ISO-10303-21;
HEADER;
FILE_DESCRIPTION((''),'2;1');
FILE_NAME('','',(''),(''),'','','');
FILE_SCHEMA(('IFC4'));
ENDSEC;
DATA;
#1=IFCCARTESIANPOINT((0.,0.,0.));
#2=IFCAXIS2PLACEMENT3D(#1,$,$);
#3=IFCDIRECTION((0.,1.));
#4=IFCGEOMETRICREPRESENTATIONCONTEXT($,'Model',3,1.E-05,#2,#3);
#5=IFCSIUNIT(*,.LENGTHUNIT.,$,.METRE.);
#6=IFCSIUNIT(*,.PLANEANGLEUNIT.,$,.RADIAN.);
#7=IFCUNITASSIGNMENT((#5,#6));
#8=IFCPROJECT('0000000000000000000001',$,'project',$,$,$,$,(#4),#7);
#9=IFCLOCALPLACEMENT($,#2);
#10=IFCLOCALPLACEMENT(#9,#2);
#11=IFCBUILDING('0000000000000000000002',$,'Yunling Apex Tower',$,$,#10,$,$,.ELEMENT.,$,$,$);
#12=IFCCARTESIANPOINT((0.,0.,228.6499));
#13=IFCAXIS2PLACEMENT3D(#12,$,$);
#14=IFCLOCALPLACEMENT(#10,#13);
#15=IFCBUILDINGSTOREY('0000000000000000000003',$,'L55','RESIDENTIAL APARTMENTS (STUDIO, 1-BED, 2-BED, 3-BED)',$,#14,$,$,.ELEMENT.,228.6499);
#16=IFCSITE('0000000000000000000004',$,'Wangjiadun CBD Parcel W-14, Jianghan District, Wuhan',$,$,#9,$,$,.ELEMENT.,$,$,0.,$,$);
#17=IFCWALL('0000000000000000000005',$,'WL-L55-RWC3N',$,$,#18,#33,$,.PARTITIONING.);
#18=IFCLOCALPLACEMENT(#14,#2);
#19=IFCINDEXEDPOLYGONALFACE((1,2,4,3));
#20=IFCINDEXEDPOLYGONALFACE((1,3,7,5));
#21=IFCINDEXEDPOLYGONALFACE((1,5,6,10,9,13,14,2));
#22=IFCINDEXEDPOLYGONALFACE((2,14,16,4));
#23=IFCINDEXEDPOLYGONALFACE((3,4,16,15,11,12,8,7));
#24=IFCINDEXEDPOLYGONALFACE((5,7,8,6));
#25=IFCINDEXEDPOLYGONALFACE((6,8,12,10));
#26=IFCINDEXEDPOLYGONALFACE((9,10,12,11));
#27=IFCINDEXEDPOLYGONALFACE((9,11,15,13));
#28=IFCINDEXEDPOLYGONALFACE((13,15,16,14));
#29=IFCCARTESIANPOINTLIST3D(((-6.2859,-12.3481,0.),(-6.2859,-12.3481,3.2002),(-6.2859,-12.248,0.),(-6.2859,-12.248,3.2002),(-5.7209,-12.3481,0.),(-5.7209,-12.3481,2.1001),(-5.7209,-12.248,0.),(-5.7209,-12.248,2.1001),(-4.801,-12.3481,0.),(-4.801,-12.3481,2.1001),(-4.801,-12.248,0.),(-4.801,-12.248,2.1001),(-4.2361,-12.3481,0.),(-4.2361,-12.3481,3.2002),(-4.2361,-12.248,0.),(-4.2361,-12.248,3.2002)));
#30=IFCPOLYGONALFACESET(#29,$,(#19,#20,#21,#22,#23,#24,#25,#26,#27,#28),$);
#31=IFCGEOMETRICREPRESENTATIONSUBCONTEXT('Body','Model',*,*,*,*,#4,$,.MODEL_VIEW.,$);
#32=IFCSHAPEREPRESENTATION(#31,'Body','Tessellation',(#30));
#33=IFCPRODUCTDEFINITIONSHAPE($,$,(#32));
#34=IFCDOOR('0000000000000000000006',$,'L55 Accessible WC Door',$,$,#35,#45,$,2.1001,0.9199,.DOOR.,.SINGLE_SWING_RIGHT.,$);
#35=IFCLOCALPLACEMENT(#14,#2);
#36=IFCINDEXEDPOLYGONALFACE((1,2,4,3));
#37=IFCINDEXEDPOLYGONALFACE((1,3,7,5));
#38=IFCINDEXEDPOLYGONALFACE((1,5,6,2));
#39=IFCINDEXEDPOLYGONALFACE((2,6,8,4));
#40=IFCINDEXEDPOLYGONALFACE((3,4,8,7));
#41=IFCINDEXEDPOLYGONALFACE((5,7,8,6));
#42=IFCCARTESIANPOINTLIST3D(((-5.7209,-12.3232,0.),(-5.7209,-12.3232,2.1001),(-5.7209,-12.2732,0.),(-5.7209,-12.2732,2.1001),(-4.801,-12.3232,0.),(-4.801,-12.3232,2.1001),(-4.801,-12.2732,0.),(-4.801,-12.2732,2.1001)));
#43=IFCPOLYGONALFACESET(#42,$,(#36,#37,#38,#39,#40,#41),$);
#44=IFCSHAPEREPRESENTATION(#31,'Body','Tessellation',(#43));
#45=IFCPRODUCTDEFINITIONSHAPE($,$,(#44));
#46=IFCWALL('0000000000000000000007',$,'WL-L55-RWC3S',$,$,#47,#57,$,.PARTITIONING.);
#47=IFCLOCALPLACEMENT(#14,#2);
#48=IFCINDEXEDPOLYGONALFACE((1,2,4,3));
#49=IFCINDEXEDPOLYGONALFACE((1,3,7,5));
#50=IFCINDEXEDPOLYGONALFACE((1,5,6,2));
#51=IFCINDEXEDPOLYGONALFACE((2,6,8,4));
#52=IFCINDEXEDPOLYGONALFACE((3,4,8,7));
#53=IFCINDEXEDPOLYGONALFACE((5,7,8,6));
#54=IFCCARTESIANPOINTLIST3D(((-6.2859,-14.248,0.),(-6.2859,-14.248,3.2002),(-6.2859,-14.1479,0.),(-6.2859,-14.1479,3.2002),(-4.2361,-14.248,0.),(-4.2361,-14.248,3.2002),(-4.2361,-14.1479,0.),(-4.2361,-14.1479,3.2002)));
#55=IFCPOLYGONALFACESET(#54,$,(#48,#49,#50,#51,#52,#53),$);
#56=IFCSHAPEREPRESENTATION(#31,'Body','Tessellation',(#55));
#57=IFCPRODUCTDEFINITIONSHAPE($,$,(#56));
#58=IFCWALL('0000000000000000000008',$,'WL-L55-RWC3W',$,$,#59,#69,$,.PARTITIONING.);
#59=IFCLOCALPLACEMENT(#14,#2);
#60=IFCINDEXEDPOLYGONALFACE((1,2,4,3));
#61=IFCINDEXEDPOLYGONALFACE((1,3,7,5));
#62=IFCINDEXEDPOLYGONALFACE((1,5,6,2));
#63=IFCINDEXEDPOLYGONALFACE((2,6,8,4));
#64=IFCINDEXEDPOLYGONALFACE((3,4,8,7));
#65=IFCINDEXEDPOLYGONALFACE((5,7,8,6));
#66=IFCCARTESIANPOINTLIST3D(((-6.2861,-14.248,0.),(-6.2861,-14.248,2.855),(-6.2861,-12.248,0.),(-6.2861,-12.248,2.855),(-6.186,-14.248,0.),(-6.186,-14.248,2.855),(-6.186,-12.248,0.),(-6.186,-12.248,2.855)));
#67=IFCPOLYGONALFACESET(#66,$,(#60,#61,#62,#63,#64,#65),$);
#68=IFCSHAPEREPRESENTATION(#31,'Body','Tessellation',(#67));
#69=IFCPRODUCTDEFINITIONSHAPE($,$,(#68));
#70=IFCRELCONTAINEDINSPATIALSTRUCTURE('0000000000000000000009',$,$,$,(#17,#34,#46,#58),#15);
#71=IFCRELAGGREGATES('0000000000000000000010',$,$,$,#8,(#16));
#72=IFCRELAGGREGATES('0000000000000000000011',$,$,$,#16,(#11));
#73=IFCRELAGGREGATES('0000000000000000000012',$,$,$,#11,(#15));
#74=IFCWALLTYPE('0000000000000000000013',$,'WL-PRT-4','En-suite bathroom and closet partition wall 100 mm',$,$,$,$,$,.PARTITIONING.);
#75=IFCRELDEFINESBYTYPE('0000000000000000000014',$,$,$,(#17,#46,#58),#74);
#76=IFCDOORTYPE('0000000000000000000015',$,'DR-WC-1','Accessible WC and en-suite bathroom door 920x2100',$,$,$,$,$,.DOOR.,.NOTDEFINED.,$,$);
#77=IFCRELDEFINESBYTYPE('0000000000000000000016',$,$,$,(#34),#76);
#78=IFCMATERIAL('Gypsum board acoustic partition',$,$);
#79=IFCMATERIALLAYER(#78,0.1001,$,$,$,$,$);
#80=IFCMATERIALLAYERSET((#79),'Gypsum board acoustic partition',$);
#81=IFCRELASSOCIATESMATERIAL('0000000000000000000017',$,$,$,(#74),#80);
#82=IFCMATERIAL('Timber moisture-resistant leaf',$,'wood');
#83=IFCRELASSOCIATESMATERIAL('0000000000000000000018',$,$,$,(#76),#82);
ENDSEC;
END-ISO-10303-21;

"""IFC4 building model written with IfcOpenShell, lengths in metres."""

from ifc_helpers import new_model, si_unit, direction, frame, frame_2d, origin, place, context, subcontext, project, spatial, rectangle, extrude, material, layer, layer_set, type_object, element, fill, save


model = new_model("IFC4")

# Units and contexts
model_context = context("Model", 3, precision=1e-05, world=origin(), true_north=direction((0.0, 1.0)))
body_context = subcontext(model_context, "Body", "Model", "MODEL_VIEW")
ifc_project = project(units=[si_unit("LENGTHUNIT", "METRE"), si_unit("PLANEANGLEUNIT", "RADIAN")], contexts=[model_context])

# Site, building, storey
site_placement = place(None, origin())
site = spatial("IfcSite", under=ifc_project, at=site_placement, Name="Wangjiadun CBD Parcel W-14, Jianghan District, Wuhan", CompositionType="ELEMENT", RefElevation=0.0)
building_placement = place(site_placement, origin())
building = spatial("IfcBuilding", under=site, at=building_placement, Name="Yunling Apex Tower", CompositionType="ELEMENT")
storey_placement = place(building_placement, frame((0.0, 0.0, 228.6499)))
storey = spatial("IfcBuildingStorey", under=building, at=storey_placement, Name="L55", Description="RESIDENTIAL APARTMENTS (STUDIO, 1-BED, 2-BED, 3-BED)", CompositionType="ELEMENT", Elevation=228.6499)

# Wall, opening, door
ifc_material_1 = material(Name="Gypsum board acoustic partition")
ifc_layer_1 = layer(ifc_material_1, 0.1001)
ifc_layer_set_1 = layer_set([ifc_layer_1], Name="Gypsum board acoustic partition")
wall_type = type_object("IfcWallType", Name="WL-PRT-4", Description="En-suite bathroom and closet partition wall 100 mm", PredefinedType="PARTITIONING", material=ifc_layer_set_1)
wall_1_placement = place(storey_placement, frame((-6.2859, -12.2981, 0.0), z_axis=(0.0, 0.0, 1.0), x_axis=(1.0, 0.0, 0.0)))
wall_1 = element("IfcWall", 1, at=wall_1_placement, inside=storey, type_object=wall_type, Name="WL-L55-RWC3N", PredefinedType="PARTITIONING", context=body_context, shape_type="SweptSolid", body=[
    extrude(rectangle(XDim=2.0498, YDim=0.1001, at=frame_2d((1.0249, 0.0))), origin(), (0.0, 0.0, 1.0), 3.2002),
])
opening_placement = place(wall_1_placement, frame((0.5649, 0.0, 0.0)))
opening = element("IfcOpeningElement", 2, at=opening_placement, cuts=wall_1, PredefinedType="OPENING", context=body_context, shape_type="SweptSolid", body=[
    extrude(rectangle(XDim=0.9199, YDim=2.1001, at=frame_2d((0.46, 1.05))), frame((0.0, 0.0601, 0.0), z_axis=(0.0, -1.0, 0.0), x_axis=(1.0, 0.0, 0.0)), (0.0, 0.0, 1.0), 0.1201),
])
ifc_material_2 = material(Name="Timber moisture-resistant leaf", Category="wood")
door_type = type_object("IfcDoorType", Name="DR-WC-1", Description="Accessible WC and en-suite bathroom door 920x2100", OperationType="NOTDEFINED", PredefinedType="DOOR", material=ifc_material_2)
door_placement = place(opening_placement, origin())
door = element("IfcDoor", 3, at=door_placement, inside=storey, type_object=door_type, Name="L55 Accessible WC Door", OperationType="SINGLE_SWING_RIGHT", OverallHeight=2.1001, OverallWidth=0.9199, PredefinedType="DOOR", context=body_context, shape_type="SweptSolid", body=[
    extrude(rectangle(XDim=0.9199, YDim=2.1001, at=frame_2d((0.46, 1.05))), frame((0.0, 0.0249, 0.0), z_axis=(0.0, -1.0, 0.0), x_axis=(1.0, 0.0, 0.0)), (0.0, 0.0, 1.0), 0.05),
])
fill(opening, door)

# Walls
wall_2_placement = place(storey_placement, frame((-4.2361, -14.198, 0.0), z_axis=(0.0, 0.0, 1.0), x_axis=(-1.0, 0.0, 0.0)))
element("IfcWall", 4, at=wall_2_placement, inside=storey, type_object=wall_type, Name="WL-L55-RWC3S", PredefinedType="PARTITIONING", context=body_context, shape_type="SweptSolid", body=[
    extrude(rectangle(XDim=2.0498, YDim=0.1001, at=frame_2d((1.0249, 0.0))), origin(), (0.0, 0.0, 1.0), 3.2002),
])
wall_3_placement = place(storey_placement, frame((-6.2361, -14.248, 0.0), z_axis=(0.0, 0.0, 1.0), x_axis=(0.0, 1.0, 0.0)))
element("IfcWall", 5, at=wall_3_placement, inside=storey, type_object=wall_type, Name="WL-L55-RWC3W", PredefinedType="PARTITIONING", context=body_context, shape_type="SweptSolid", body=[
    extrude(rectangle(XDim=2.0, YDim=0.1001, at=frame_2d((1.0, 0.0))), origin(), (0.0, 0.0, 1.0), 2.855),
])

save(model, "model.ifc")
